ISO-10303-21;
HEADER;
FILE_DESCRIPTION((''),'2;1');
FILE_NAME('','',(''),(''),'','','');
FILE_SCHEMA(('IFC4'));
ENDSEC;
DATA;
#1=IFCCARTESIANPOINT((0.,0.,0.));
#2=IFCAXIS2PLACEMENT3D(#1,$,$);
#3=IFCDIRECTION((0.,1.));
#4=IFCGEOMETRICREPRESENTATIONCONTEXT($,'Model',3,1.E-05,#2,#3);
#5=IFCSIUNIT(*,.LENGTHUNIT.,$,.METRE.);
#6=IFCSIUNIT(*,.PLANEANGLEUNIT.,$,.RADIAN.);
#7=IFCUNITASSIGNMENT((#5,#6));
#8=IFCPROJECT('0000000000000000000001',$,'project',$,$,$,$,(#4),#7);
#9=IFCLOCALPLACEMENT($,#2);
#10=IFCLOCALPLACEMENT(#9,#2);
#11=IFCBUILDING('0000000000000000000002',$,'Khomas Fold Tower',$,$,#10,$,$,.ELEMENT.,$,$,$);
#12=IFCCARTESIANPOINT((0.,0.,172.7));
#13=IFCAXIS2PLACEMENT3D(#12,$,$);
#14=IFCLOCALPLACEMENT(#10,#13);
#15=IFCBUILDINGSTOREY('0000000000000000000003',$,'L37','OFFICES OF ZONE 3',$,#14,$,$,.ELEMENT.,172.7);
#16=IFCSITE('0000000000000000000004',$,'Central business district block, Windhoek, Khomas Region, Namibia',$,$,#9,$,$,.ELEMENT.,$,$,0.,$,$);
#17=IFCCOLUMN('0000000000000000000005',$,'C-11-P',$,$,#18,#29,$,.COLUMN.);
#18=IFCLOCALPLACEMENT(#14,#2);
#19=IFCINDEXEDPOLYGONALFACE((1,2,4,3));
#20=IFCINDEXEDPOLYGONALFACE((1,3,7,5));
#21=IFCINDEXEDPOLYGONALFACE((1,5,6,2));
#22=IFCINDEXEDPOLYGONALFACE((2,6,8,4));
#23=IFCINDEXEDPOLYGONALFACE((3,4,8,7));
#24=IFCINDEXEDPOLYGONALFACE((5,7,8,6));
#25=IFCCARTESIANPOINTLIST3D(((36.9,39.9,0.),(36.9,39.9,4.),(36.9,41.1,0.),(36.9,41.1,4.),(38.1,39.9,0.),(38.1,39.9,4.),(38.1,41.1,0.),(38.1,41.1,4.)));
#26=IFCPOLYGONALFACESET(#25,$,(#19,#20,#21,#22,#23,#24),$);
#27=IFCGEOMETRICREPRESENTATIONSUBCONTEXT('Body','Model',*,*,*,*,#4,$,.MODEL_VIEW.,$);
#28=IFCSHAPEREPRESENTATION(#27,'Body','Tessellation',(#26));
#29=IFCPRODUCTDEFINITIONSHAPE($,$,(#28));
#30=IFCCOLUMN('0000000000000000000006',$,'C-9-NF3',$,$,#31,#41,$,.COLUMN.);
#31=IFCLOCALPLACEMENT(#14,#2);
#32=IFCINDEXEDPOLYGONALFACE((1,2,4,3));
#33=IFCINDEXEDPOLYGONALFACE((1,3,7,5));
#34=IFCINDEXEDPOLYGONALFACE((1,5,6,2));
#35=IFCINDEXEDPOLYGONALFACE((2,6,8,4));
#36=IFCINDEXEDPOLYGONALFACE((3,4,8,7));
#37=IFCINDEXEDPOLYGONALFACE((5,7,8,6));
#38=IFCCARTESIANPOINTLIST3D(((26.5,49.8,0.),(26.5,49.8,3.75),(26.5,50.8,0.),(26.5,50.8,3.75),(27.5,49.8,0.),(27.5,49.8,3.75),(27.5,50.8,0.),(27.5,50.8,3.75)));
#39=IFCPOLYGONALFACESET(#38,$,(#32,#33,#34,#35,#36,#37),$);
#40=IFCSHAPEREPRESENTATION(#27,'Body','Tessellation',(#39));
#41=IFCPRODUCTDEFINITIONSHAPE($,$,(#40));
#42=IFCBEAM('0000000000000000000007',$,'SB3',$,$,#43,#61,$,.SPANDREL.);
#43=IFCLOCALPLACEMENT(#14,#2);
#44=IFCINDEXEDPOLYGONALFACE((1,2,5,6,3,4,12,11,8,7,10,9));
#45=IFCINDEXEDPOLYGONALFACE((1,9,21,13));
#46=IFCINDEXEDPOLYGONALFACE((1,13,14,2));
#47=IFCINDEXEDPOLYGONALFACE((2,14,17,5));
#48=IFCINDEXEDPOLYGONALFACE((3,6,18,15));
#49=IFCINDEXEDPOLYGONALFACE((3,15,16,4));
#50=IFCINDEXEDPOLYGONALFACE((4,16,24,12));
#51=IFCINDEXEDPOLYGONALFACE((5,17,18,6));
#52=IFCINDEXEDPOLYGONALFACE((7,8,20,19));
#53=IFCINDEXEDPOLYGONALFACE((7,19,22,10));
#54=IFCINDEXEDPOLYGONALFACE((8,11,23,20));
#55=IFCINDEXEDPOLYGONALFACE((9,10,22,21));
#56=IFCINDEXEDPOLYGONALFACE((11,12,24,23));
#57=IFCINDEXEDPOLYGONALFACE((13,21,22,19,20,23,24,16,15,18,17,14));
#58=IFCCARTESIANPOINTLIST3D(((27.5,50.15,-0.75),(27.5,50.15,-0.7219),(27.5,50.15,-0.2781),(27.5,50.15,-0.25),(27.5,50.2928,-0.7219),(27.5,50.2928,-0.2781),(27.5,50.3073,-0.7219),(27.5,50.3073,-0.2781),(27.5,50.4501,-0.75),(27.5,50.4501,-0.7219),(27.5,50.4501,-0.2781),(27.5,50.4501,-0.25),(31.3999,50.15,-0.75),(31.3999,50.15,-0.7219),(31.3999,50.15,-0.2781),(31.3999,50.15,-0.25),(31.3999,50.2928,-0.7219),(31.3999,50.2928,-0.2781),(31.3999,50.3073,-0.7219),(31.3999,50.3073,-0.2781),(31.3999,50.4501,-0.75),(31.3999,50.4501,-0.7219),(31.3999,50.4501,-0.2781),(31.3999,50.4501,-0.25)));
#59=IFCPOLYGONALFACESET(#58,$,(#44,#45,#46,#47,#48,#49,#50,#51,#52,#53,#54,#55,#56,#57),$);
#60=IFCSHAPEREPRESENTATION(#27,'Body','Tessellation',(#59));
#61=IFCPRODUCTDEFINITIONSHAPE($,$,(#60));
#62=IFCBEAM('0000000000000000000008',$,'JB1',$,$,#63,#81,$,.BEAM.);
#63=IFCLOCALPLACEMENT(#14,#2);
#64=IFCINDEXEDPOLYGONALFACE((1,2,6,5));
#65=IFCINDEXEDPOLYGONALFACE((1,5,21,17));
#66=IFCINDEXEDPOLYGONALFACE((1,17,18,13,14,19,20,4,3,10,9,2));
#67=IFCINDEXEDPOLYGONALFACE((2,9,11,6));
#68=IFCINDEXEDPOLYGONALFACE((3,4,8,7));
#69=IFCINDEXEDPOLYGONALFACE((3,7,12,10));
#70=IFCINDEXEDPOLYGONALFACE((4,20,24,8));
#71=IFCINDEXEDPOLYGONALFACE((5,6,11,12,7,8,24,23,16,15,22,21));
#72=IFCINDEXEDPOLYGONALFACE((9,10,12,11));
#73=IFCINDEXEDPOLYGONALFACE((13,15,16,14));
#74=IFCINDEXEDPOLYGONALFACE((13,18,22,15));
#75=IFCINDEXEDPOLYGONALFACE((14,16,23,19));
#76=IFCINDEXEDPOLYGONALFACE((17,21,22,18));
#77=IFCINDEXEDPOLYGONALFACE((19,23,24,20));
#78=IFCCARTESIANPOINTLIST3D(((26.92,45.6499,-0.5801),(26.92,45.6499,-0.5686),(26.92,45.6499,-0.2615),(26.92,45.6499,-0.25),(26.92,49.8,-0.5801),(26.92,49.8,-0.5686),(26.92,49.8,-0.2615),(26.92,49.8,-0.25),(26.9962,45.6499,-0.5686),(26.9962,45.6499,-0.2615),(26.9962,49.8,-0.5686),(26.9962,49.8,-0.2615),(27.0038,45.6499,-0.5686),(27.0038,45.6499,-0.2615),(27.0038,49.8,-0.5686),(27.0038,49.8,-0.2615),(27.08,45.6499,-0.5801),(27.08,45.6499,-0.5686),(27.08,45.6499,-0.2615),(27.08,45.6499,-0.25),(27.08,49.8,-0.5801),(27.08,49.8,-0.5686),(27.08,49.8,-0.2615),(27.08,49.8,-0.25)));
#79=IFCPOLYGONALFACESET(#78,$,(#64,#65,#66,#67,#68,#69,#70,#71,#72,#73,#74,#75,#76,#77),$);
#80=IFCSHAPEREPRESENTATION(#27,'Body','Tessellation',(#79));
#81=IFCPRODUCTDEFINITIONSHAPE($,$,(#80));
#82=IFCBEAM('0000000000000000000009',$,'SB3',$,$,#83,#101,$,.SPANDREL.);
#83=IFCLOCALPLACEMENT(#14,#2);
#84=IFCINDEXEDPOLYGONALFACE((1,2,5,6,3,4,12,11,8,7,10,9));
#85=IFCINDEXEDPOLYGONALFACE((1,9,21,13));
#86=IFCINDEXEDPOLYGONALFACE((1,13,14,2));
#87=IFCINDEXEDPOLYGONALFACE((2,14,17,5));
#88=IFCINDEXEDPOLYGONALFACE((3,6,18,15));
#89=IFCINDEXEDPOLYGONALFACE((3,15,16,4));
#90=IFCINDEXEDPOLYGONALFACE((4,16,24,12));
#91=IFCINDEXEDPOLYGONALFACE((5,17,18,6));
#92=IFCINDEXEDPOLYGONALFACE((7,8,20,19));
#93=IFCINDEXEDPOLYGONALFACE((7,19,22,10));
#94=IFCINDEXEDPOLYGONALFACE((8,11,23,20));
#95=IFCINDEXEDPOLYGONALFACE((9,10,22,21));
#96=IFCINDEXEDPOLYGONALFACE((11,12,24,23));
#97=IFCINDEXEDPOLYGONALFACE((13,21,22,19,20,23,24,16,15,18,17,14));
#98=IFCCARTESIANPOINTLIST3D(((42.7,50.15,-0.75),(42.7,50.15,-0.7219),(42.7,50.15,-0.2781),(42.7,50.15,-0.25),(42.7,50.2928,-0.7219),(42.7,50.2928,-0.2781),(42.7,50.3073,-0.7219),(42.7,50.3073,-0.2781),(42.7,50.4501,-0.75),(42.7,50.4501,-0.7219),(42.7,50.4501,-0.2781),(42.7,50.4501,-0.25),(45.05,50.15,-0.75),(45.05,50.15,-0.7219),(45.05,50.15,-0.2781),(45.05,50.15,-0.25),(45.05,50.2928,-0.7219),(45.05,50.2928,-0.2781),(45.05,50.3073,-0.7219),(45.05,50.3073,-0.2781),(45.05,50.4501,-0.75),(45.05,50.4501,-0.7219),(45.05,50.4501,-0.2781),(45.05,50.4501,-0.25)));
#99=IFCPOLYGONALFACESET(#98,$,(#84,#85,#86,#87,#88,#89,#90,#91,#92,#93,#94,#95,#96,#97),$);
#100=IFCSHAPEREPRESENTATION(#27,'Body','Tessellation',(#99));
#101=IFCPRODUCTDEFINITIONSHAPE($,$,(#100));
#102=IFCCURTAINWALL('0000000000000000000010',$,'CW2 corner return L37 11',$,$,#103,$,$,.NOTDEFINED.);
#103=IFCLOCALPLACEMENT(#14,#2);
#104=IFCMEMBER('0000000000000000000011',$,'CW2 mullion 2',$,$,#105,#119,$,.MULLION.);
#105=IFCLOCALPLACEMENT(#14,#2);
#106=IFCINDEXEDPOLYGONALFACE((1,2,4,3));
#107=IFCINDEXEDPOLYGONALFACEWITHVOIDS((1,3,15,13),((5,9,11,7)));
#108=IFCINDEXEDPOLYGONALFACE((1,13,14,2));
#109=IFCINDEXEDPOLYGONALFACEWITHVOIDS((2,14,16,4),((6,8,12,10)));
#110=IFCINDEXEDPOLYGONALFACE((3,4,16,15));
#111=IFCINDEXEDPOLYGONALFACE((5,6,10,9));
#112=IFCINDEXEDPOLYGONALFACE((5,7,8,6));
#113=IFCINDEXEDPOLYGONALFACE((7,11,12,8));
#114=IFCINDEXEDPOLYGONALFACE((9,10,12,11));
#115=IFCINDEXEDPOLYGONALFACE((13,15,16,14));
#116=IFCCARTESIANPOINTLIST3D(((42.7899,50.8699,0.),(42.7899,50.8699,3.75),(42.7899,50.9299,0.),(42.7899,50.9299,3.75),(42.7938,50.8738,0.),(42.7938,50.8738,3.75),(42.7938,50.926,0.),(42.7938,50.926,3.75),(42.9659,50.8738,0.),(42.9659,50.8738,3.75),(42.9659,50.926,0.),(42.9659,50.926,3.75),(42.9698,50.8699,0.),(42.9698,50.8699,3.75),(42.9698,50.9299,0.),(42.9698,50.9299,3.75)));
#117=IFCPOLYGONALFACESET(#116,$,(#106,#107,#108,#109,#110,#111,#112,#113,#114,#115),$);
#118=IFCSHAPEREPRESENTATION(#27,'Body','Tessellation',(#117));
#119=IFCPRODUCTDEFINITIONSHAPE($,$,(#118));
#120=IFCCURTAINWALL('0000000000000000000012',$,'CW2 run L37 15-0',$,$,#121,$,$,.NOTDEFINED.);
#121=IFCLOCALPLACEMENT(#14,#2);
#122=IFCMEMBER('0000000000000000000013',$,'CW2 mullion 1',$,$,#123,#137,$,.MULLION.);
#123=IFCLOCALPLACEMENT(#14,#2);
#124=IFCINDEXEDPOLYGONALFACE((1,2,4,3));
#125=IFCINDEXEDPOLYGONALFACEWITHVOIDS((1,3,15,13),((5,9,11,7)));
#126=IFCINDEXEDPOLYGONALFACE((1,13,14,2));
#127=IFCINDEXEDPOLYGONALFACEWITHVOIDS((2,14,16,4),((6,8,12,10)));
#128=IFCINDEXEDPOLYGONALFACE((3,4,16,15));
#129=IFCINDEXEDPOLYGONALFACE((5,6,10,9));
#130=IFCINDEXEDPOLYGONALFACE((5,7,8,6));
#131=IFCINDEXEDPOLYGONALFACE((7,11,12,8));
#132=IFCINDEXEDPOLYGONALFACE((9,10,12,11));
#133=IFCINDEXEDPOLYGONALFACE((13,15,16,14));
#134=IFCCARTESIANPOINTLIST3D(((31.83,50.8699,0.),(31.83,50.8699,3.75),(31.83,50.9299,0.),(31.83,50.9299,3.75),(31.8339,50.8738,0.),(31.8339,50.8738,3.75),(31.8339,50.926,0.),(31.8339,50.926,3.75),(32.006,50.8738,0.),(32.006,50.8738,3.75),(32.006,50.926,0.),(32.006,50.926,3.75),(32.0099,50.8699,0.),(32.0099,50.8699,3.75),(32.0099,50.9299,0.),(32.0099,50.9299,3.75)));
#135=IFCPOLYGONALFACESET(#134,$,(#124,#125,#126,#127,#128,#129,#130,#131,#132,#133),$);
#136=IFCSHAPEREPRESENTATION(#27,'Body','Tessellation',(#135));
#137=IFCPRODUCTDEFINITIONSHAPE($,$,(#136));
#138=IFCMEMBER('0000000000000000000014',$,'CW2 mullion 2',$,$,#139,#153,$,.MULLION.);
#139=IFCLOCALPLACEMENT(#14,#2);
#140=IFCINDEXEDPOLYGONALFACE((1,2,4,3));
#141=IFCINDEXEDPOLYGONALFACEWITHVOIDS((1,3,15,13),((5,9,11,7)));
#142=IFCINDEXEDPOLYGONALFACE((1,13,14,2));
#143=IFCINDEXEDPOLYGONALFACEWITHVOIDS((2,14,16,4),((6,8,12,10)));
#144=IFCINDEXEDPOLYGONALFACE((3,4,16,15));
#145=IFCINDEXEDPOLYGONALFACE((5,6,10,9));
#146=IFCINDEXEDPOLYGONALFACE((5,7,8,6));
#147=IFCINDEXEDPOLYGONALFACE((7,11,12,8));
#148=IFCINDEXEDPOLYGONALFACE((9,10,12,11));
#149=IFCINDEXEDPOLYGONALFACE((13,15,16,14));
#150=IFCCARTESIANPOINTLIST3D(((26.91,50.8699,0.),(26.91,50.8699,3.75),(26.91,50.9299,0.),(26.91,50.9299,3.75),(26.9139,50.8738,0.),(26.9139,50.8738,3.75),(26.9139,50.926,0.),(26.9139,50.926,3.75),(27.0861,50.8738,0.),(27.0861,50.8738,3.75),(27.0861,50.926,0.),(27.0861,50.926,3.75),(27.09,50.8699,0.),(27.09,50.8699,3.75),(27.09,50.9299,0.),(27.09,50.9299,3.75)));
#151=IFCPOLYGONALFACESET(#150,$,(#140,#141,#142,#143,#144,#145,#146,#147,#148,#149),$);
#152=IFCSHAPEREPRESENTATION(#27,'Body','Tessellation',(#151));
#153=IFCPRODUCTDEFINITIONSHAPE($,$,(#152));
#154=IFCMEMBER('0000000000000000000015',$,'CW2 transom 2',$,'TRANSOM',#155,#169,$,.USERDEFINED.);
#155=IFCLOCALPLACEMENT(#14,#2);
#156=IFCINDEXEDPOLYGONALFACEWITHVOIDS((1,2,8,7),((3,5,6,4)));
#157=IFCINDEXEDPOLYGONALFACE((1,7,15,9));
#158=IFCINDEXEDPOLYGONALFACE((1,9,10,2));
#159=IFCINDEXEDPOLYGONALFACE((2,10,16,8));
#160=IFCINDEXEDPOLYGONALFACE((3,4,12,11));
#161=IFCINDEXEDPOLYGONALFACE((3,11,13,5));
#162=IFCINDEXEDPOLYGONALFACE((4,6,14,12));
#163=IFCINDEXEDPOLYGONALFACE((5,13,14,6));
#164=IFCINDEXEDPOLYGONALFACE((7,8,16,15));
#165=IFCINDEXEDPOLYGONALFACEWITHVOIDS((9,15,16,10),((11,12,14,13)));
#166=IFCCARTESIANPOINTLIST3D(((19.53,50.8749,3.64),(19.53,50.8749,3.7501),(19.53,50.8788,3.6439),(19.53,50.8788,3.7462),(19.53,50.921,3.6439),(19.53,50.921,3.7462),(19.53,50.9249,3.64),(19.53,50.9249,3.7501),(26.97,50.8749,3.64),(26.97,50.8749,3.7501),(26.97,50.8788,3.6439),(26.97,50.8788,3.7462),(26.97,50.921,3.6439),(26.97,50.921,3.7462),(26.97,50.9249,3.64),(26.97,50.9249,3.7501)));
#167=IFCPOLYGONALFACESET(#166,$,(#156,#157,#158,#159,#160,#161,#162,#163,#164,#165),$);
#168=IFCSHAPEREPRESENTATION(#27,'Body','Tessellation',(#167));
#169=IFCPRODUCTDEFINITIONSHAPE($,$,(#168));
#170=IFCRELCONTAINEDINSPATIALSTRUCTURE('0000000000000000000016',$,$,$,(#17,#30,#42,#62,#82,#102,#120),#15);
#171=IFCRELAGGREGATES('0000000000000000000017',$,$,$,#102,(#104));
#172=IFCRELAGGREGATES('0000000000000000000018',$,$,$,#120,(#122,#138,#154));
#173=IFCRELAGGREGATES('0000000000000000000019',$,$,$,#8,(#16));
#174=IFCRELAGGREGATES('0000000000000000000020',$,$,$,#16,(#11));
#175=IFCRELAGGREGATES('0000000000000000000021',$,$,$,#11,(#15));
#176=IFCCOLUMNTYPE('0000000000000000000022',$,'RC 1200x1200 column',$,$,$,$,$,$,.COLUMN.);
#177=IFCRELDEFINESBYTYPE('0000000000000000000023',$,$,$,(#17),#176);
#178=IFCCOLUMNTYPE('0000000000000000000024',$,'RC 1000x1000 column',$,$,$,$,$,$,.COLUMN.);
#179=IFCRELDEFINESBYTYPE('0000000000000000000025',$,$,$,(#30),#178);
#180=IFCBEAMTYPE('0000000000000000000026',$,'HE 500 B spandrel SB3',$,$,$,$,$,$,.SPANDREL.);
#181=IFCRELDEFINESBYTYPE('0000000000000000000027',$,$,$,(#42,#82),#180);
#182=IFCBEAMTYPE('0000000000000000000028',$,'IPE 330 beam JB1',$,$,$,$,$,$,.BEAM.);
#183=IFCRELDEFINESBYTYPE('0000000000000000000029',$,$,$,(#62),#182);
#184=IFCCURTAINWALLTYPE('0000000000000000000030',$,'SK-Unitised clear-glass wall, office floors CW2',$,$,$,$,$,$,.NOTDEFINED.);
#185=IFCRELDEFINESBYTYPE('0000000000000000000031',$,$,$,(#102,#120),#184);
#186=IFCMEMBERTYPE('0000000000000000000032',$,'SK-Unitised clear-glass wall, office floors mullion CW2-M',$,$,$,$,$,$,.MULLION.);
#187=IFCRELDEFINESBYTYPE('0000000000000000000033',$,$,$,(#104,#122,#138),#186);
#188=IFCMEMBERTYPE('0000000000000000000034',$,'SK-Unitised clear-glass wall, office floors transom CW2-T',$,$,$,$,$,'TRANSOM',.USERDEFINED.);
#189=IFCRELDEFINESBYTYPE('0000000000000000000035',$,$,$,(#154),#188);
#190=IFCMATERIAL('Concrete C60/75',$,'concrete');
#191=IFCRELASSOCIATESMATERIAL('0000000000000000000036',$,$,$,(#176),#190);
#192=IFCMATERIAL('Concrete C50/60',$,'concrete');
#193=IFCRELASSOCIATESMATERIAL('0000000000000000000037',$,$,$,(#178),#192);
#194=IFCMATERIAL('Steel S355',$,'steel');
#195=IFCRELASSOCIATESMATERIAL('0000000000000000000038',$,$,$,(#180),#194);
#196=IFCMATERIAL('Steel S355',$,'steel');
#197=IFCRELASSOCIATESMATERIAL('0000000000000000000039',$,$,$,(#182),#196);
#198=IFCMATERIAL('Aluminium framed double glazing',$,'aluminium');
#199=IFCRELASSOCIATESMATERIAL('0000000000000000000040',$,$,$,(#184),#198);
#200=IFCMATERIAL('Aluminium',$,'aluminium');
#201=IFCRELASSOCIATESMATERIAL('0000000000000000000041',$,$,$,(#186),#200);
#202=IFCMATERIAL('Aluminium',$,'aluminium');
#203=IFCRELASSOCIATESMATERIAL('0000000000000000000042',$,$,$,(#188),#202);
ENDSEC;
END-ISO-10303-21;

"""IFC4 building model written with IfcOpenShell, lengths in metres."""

from ifc_helpers import new_model, si_unit, direction, frame, origin, origin_2d, place, context, subcontext, project, spatial, rectangle, hollow_rectangle, i_section, extrude, source, transform, mapped, material, material_profile, profile_set, type_object, element, aggregate, save


model = new_model("IFC4")

# Units and contexts
model_context = context("Model", 3, precision=1e-05, world=origin(), true_north=direction((0.0, 1.0)))
body_context = subcontext(model_context, "Body", "Model", "MODEL_VIEW")
ifc_project = project(units=[si_unit("LENGTHUNIT", "METRE"), si_unit("PLANEANGLEUNIT", "RADIAN")], contexts=[model_context])

# Site, building, storey
site_placement = place(None, origin())
site = spatial("IfcSite", under=ifc_project, at=site_placement, Name="Central business district block, Windhoek, Khomas Region, Namibia", CompositionType="ELEMENT", RefElevation=0.0)
building_placement = place(site_placement, origin())
building = spatial("IfcBuilding", under=site, at=building_placement, Name="Khomas Fold Tower", CompositionType="ELEMENT")
storey_placement = place(building_placement, frame((0.0, 0.0, 172.7)))
storey = spatial("IfcBuildingStorey", under=building, at=storey_placement, Name="L37", Description="OFFICES OF ZONE 3", CompositionType="ELEMENT", Elevation=172.7)

# Columns
ifc_material_1 = material(Name="Concrete C60/75", Category="concrete")
ifc_material_profile_1 = material_profile(ifc_material_1, rectangle(XDim=1.2, YDim=1.2, at=origin_2d()), Name="RC 1200x1200")
ifc_profile_set_1 = profile_set([ifc_material_profile_1], Name="Concrete C60/75")
column_type_1 = type_object("IfcColumnType", Name="RC 1200x1200 column", PredefinedType="COLUMN", material=ifc_profile_set_1)
shared_shape_1 = source(origin(), body_context, "Body", "SweptSolid", [
    extrude(rectangle(XDim=1.2, YDim=1.2, at=origin_2d()), origin(), (0.0, 0.0, 1.0), 4.0),
])
column_1_placement = place(storey_placement, frame((37.5, 40.5, 0.0), z_axis=(0.0, 0.0, 1.0), x_axis=(1.0, 0.0, 0.0)))
element("IfcColumn", 1, at=column_1_placement, inside=storey, type_object=column_type_1, Name="C-11-P", PredefinedType="COLUMN", context=body_context, shape_type="MappedRepresentation", body=[
    mapped(shared_shape_1, transform((0.0, 0.0, 0.0))),
])
ifc_material_2 = material(Name="Concrete C50/60", Category="concrete")
ifc_material_profile_2 = material_profile(ifc_material_2, rectangle(XDim=1.0, YDim=1.0, at=origin_2d()), Name="RC 1000x1000")
ifc_profile_set_2 = profile_set([ifc_material_profile_2], Name="Concrete C50/60")
column_type_2 = type_object("IfcColumnType", Name="RC 1000x1000 column", PredefinedType="COLUMN", material=ifc_profile_set_2)
shared_shape_2 = source(origin(), body_context, "Body", "SweptSolid", [
    extrude(rectangle(XDim=1.0, YDim=1.0, at=origin_2d()), origin(), (0.0, 0.0, 1.0), 3.75),
])
column_2_placement = place(storey_placement, frame((27.0, 50.3, 0.0), z_axis=(0.0, 0.0, 1.0), x_axis=(1.0, 0.0, 0.0)))
element("IfcColumn", 2, at=column_2_placement, inside=storey, type_object=column_type_2, Name="C-9-NF3", PredefinedType="COLUMN", context=body_context, shape_type="MappedRepresentation", body=[
    mapped(shared_shape_2, transform((0.0, 0.0, 0.0))),
])

# Beams
ifc_material_3 = material(Name="Steel S355", Category="steel")
ifc_material_profile_3 = material_profile(ifc_material_3, i_section(OverallWidth=0.3, OverallDepth=0.5, WebThickness=0.0144, FlangeThickness=0.0281, at=origin_2d()), Name="HE 500 B")
ifc_profile_set_3 = profile_set([ifc_material_profile_3], Name="Steel S355")
beam_type_1 = type_object("IfcBeamType", Name="HE 500 B spandrel SB3", PredefinedType="SPANDREL", material=ifc_profile_set_3)
shared_shape_3 = source(origin(), body_context, "Body", "SweptSolid", [
    extrude(i_section(OverallWidth=0.3, OverallDepth=0.5, WebThickness=0.0144, FlangeThickness=0.0281, at=origin_2d()), origin(), (0.0, 0.0, 1.0), 3.8999),
])
beam_1_placement = place(storey_placement, frame((27.5, 50.3, -0.5), z_axis=(1.0, 0.0, 0.0), x_axis=(0.0, 1.0, 0.0)))
element("IfcBeam", 3, at=beam_1_placement, inside=storey, type_object=beam_type_1, Name="SB3", PredefinedType="SPANDREL", context=body_context, shape_type="MappedRepresentation", body=[
    mapped(shared_shape_3, transform((0.0, 0.0, 0.0))),
])
ifc_material_4 = material(Name="Steel S355", Category="steel")
ifc_material_profile_4 = material_profile(ifc_material_4, i_section(OverallWidth=0.1599, OverallDepth=0.3301, WebThickness=0.0076, FlangeThickness=0.0115, at=origin_2d()), Name="IPE 330")
ifc_profile_set_4 = profile_set([ifc_material_profile_4], Name="Steel S355")
beam_type_2 = type_object("IfcBeamType", Name="IPE 330 beam JB1", PredefinedType="BEAM", material=ifc_profile_set_4)
shared_shape_4 = source(origin(), body_context, "Body", "SweptSolid", [
    extrude(i_section(OverallWidth=0.1599, OverallDepth=0.3301, WebThickness=0.0076, FlangeThickness=0.0115, at=origin_2d()), origin(), (0.0, 0.0, 1.0), 4.1501),
])
beam_2_placement = place(storey_placement, frame((27.0, 45.6499, -0.415), z_axis=(0.0, 1.0, 0.0), x_axis=(-1.0, 0.0, 0.0)))
element("IfcBeam", 4, at=beam_2_placement, inside=storey, type_object=beam_type_2, Name="JB1", PredefinedType="BEAM", context=body_context, shape_type="MappedRepresentation", body=[
    mapped(shared_shape_4, transform((0.0, 0.0, 0.0))),
])
shared_shape_5 = source(origin(), body_context, "Body", "SweptSolid", [
    extrude(i_section(OverallWidth=0.3, OverallDepth=0.5, WebThickness=0.0144, FlangeThickness=0.0281, at=origin_2d()), origin(), (0.0, 0.0, 1.0), 2.3501),
])
beam_3_placement = place(storey_placement, frame((42.7, 50.3, -0.5), z_axis=(1.0, 0.0, 0.0), x_axis=(0.0, 1.0, 0.0)))
element("IfcBeam", 5, at=beam_3_placement, inside=storey, type_object=beam_type_1, Name="SB3", PredefinedType="SPANDREL", context=body_context, shape_type="MappedRepresentation", body=[
    mapped(shared_shape_5, transform((0.0, 0.0, 0.0))),
])

# Curtain wall, member
ifc_material_5 = material(Name="Aluminium framed double glazing", Category="aluminium")
curtain_wall_type_1 = type_object("IfcCurtainWallType", Name="SK-Unitised clear-glass wall, office floors CW2", PredefinedType="NOTDEFINED", material=ifc_material_5)
curtain_wall_1_placement = place(storey_placement, origin())
curtain_wall_1 = element("IfcCurtainWall", 6, at=curtain_wall_1_placement, inside=storey, type_object=curtain_wall_type_1, Name="CW2 corner return L37 11", PredefinedType="NOTDEFINED")
ifc_material_6 = material(Name="Aluminium", Category="aluminium")
ifc_material_profile_5 = material_profile(ifc_material_6, hollow_rectangle(XDim=0.0601, YDim=0.1799, WallThickness=0.0039, at=origin_2d()), Name="SK-Unitised clear-glass wall, office floors mullion CW2-M")
ifc_profile_set_5 = profile_set([ifc_material_profile_5], Name="Aluminium")
member_type_1 = type_object("IfcMemberType", Name="SK-Unitised clear-glass wall, office floors mullion CW2-M", PredefinedType="MULLION", material=ifc_profile_set_5)
shared_shape_6 = source(origin(), body_context, "Body", "SweptSolid", [
    extrude(hollow_rectangle(XDim=0.0601, YDim=0.1799, WallThickness=0.0039, at=origin_2d()), origin(), (0.0, 0.0, 1.0), 3.75),
])
member_1_placement = place(storey_placement, frame((42.8799, 50.8999, 0.0), z_axis=(0.0, 0.0, 1.0), x_axis=(0.0, -1.0, 0.0)))
member_1 = element("IfcMember", 7, at=member_1_placement, type_object=member_type_1, Name="CW2 mullion 2", PredefinedType="MULLION", context=body_context, shape_type="MappedRepresentation", body=[
    mapped(shared_shape_6, transform((0.0, 0.0, 0.0))),
])
aggregate(curtain_wall_1, [member_1])

# Curtain wall, members
curtain_wall_2_placement = place(storey_placement, origin())
curtain_wall_2 = element("IfcCurtainWall", 8, at=curtain_wall_2_placement, inside=storey, type_object=curtain_wall_type_1, Name="CW2 run L37 15-0", PredefinedType="NOTDEFINED")
member_2_placement = place(storey_placement, frame((31.9199, 50.8999, 0.0), z_axis=(0.0, 0.0, 1.0), x_axis=(0.0, -1.0, 0.0)))
member_2 = element("IfcMember", 9, at=member_2_placement, type_object=member_type_1, Name="CW2 mullion 1", PredefinedType="MULLION", context=body_context, shape_type="MappedRepresentation", body=[
    mapped(shared_shape_6, transform((0.0, 0.0, 0.0))),
])
member_3_placement = place(storey_placement, frame((27.0, 50.8999, 0.0), z_axis=(0.0, 0.0, 1.0), x_axis=(0.0, -1.0, 0.0)))
member_3 = element("IfcMember", 10, at=member_3_placement, type_object=member_type_1, Name="CW2 mullion 2", PredefinedType="MULLION", context=body_context, shape_type="MappedRepresentation", body=[
    mapped(shared_shape_6, transform((0.0, 0.0, 0.0))),
])
ifc_material_7 = material(Name="Aluminium", Category="aluminium")
ifc_material_profile_6 = material_profile(ifc_material_7, hollow_rectangle(XDim=0.05, YDim=0.1101, WallThickness=0.0039, at=origin_2d()), Name="SK-Unitised clear-glass wall, office floors transom CW2-T")
ifc_profile_set_6 = profile_set([ifc_material_profile_6], Name="Aluminium")
member_type_2 = type_object("IfcMemberType", Name="SK-Unitised clear-glass wall, office floors transom CW2-T", ElementType="TRANSOM", PredefinedType="USERDEFINED", material=ifc_profile_set_6)
shared_shape_7 = source(origin(), body_context, "Body", "SweptSolid", [
    extrude(hollow_rectangle(XDim=0.05, YDim=0.1101, WallThickness=0.0039, at=origin_2d()), origin(), (0.0, 0.0, 1.0), 7.4399),
])
member_4_placement = place(storey_placement, frame((26.97, 50.8999, 3.6951), z_axis=(-1.0, 0.0, 0.0), x_axis=(0.0, -1.0, 0.0)))
member_4 = element("IfcMember", 11, at=member_4_placement, type_object=member_type_2, Name="CW2 transom 2", ObjectType="TRANSOM", PredefinedType="USERDEFINED", context=body_context, shape_type="MappedRepresentation", body=[
    mapped(shared_shape_7, transform((0.0, 0.0, 0.0))),
])

aggregate(curtain_wall_2, [member_2, member_3, member_4])

save(model, "model.ifc")
